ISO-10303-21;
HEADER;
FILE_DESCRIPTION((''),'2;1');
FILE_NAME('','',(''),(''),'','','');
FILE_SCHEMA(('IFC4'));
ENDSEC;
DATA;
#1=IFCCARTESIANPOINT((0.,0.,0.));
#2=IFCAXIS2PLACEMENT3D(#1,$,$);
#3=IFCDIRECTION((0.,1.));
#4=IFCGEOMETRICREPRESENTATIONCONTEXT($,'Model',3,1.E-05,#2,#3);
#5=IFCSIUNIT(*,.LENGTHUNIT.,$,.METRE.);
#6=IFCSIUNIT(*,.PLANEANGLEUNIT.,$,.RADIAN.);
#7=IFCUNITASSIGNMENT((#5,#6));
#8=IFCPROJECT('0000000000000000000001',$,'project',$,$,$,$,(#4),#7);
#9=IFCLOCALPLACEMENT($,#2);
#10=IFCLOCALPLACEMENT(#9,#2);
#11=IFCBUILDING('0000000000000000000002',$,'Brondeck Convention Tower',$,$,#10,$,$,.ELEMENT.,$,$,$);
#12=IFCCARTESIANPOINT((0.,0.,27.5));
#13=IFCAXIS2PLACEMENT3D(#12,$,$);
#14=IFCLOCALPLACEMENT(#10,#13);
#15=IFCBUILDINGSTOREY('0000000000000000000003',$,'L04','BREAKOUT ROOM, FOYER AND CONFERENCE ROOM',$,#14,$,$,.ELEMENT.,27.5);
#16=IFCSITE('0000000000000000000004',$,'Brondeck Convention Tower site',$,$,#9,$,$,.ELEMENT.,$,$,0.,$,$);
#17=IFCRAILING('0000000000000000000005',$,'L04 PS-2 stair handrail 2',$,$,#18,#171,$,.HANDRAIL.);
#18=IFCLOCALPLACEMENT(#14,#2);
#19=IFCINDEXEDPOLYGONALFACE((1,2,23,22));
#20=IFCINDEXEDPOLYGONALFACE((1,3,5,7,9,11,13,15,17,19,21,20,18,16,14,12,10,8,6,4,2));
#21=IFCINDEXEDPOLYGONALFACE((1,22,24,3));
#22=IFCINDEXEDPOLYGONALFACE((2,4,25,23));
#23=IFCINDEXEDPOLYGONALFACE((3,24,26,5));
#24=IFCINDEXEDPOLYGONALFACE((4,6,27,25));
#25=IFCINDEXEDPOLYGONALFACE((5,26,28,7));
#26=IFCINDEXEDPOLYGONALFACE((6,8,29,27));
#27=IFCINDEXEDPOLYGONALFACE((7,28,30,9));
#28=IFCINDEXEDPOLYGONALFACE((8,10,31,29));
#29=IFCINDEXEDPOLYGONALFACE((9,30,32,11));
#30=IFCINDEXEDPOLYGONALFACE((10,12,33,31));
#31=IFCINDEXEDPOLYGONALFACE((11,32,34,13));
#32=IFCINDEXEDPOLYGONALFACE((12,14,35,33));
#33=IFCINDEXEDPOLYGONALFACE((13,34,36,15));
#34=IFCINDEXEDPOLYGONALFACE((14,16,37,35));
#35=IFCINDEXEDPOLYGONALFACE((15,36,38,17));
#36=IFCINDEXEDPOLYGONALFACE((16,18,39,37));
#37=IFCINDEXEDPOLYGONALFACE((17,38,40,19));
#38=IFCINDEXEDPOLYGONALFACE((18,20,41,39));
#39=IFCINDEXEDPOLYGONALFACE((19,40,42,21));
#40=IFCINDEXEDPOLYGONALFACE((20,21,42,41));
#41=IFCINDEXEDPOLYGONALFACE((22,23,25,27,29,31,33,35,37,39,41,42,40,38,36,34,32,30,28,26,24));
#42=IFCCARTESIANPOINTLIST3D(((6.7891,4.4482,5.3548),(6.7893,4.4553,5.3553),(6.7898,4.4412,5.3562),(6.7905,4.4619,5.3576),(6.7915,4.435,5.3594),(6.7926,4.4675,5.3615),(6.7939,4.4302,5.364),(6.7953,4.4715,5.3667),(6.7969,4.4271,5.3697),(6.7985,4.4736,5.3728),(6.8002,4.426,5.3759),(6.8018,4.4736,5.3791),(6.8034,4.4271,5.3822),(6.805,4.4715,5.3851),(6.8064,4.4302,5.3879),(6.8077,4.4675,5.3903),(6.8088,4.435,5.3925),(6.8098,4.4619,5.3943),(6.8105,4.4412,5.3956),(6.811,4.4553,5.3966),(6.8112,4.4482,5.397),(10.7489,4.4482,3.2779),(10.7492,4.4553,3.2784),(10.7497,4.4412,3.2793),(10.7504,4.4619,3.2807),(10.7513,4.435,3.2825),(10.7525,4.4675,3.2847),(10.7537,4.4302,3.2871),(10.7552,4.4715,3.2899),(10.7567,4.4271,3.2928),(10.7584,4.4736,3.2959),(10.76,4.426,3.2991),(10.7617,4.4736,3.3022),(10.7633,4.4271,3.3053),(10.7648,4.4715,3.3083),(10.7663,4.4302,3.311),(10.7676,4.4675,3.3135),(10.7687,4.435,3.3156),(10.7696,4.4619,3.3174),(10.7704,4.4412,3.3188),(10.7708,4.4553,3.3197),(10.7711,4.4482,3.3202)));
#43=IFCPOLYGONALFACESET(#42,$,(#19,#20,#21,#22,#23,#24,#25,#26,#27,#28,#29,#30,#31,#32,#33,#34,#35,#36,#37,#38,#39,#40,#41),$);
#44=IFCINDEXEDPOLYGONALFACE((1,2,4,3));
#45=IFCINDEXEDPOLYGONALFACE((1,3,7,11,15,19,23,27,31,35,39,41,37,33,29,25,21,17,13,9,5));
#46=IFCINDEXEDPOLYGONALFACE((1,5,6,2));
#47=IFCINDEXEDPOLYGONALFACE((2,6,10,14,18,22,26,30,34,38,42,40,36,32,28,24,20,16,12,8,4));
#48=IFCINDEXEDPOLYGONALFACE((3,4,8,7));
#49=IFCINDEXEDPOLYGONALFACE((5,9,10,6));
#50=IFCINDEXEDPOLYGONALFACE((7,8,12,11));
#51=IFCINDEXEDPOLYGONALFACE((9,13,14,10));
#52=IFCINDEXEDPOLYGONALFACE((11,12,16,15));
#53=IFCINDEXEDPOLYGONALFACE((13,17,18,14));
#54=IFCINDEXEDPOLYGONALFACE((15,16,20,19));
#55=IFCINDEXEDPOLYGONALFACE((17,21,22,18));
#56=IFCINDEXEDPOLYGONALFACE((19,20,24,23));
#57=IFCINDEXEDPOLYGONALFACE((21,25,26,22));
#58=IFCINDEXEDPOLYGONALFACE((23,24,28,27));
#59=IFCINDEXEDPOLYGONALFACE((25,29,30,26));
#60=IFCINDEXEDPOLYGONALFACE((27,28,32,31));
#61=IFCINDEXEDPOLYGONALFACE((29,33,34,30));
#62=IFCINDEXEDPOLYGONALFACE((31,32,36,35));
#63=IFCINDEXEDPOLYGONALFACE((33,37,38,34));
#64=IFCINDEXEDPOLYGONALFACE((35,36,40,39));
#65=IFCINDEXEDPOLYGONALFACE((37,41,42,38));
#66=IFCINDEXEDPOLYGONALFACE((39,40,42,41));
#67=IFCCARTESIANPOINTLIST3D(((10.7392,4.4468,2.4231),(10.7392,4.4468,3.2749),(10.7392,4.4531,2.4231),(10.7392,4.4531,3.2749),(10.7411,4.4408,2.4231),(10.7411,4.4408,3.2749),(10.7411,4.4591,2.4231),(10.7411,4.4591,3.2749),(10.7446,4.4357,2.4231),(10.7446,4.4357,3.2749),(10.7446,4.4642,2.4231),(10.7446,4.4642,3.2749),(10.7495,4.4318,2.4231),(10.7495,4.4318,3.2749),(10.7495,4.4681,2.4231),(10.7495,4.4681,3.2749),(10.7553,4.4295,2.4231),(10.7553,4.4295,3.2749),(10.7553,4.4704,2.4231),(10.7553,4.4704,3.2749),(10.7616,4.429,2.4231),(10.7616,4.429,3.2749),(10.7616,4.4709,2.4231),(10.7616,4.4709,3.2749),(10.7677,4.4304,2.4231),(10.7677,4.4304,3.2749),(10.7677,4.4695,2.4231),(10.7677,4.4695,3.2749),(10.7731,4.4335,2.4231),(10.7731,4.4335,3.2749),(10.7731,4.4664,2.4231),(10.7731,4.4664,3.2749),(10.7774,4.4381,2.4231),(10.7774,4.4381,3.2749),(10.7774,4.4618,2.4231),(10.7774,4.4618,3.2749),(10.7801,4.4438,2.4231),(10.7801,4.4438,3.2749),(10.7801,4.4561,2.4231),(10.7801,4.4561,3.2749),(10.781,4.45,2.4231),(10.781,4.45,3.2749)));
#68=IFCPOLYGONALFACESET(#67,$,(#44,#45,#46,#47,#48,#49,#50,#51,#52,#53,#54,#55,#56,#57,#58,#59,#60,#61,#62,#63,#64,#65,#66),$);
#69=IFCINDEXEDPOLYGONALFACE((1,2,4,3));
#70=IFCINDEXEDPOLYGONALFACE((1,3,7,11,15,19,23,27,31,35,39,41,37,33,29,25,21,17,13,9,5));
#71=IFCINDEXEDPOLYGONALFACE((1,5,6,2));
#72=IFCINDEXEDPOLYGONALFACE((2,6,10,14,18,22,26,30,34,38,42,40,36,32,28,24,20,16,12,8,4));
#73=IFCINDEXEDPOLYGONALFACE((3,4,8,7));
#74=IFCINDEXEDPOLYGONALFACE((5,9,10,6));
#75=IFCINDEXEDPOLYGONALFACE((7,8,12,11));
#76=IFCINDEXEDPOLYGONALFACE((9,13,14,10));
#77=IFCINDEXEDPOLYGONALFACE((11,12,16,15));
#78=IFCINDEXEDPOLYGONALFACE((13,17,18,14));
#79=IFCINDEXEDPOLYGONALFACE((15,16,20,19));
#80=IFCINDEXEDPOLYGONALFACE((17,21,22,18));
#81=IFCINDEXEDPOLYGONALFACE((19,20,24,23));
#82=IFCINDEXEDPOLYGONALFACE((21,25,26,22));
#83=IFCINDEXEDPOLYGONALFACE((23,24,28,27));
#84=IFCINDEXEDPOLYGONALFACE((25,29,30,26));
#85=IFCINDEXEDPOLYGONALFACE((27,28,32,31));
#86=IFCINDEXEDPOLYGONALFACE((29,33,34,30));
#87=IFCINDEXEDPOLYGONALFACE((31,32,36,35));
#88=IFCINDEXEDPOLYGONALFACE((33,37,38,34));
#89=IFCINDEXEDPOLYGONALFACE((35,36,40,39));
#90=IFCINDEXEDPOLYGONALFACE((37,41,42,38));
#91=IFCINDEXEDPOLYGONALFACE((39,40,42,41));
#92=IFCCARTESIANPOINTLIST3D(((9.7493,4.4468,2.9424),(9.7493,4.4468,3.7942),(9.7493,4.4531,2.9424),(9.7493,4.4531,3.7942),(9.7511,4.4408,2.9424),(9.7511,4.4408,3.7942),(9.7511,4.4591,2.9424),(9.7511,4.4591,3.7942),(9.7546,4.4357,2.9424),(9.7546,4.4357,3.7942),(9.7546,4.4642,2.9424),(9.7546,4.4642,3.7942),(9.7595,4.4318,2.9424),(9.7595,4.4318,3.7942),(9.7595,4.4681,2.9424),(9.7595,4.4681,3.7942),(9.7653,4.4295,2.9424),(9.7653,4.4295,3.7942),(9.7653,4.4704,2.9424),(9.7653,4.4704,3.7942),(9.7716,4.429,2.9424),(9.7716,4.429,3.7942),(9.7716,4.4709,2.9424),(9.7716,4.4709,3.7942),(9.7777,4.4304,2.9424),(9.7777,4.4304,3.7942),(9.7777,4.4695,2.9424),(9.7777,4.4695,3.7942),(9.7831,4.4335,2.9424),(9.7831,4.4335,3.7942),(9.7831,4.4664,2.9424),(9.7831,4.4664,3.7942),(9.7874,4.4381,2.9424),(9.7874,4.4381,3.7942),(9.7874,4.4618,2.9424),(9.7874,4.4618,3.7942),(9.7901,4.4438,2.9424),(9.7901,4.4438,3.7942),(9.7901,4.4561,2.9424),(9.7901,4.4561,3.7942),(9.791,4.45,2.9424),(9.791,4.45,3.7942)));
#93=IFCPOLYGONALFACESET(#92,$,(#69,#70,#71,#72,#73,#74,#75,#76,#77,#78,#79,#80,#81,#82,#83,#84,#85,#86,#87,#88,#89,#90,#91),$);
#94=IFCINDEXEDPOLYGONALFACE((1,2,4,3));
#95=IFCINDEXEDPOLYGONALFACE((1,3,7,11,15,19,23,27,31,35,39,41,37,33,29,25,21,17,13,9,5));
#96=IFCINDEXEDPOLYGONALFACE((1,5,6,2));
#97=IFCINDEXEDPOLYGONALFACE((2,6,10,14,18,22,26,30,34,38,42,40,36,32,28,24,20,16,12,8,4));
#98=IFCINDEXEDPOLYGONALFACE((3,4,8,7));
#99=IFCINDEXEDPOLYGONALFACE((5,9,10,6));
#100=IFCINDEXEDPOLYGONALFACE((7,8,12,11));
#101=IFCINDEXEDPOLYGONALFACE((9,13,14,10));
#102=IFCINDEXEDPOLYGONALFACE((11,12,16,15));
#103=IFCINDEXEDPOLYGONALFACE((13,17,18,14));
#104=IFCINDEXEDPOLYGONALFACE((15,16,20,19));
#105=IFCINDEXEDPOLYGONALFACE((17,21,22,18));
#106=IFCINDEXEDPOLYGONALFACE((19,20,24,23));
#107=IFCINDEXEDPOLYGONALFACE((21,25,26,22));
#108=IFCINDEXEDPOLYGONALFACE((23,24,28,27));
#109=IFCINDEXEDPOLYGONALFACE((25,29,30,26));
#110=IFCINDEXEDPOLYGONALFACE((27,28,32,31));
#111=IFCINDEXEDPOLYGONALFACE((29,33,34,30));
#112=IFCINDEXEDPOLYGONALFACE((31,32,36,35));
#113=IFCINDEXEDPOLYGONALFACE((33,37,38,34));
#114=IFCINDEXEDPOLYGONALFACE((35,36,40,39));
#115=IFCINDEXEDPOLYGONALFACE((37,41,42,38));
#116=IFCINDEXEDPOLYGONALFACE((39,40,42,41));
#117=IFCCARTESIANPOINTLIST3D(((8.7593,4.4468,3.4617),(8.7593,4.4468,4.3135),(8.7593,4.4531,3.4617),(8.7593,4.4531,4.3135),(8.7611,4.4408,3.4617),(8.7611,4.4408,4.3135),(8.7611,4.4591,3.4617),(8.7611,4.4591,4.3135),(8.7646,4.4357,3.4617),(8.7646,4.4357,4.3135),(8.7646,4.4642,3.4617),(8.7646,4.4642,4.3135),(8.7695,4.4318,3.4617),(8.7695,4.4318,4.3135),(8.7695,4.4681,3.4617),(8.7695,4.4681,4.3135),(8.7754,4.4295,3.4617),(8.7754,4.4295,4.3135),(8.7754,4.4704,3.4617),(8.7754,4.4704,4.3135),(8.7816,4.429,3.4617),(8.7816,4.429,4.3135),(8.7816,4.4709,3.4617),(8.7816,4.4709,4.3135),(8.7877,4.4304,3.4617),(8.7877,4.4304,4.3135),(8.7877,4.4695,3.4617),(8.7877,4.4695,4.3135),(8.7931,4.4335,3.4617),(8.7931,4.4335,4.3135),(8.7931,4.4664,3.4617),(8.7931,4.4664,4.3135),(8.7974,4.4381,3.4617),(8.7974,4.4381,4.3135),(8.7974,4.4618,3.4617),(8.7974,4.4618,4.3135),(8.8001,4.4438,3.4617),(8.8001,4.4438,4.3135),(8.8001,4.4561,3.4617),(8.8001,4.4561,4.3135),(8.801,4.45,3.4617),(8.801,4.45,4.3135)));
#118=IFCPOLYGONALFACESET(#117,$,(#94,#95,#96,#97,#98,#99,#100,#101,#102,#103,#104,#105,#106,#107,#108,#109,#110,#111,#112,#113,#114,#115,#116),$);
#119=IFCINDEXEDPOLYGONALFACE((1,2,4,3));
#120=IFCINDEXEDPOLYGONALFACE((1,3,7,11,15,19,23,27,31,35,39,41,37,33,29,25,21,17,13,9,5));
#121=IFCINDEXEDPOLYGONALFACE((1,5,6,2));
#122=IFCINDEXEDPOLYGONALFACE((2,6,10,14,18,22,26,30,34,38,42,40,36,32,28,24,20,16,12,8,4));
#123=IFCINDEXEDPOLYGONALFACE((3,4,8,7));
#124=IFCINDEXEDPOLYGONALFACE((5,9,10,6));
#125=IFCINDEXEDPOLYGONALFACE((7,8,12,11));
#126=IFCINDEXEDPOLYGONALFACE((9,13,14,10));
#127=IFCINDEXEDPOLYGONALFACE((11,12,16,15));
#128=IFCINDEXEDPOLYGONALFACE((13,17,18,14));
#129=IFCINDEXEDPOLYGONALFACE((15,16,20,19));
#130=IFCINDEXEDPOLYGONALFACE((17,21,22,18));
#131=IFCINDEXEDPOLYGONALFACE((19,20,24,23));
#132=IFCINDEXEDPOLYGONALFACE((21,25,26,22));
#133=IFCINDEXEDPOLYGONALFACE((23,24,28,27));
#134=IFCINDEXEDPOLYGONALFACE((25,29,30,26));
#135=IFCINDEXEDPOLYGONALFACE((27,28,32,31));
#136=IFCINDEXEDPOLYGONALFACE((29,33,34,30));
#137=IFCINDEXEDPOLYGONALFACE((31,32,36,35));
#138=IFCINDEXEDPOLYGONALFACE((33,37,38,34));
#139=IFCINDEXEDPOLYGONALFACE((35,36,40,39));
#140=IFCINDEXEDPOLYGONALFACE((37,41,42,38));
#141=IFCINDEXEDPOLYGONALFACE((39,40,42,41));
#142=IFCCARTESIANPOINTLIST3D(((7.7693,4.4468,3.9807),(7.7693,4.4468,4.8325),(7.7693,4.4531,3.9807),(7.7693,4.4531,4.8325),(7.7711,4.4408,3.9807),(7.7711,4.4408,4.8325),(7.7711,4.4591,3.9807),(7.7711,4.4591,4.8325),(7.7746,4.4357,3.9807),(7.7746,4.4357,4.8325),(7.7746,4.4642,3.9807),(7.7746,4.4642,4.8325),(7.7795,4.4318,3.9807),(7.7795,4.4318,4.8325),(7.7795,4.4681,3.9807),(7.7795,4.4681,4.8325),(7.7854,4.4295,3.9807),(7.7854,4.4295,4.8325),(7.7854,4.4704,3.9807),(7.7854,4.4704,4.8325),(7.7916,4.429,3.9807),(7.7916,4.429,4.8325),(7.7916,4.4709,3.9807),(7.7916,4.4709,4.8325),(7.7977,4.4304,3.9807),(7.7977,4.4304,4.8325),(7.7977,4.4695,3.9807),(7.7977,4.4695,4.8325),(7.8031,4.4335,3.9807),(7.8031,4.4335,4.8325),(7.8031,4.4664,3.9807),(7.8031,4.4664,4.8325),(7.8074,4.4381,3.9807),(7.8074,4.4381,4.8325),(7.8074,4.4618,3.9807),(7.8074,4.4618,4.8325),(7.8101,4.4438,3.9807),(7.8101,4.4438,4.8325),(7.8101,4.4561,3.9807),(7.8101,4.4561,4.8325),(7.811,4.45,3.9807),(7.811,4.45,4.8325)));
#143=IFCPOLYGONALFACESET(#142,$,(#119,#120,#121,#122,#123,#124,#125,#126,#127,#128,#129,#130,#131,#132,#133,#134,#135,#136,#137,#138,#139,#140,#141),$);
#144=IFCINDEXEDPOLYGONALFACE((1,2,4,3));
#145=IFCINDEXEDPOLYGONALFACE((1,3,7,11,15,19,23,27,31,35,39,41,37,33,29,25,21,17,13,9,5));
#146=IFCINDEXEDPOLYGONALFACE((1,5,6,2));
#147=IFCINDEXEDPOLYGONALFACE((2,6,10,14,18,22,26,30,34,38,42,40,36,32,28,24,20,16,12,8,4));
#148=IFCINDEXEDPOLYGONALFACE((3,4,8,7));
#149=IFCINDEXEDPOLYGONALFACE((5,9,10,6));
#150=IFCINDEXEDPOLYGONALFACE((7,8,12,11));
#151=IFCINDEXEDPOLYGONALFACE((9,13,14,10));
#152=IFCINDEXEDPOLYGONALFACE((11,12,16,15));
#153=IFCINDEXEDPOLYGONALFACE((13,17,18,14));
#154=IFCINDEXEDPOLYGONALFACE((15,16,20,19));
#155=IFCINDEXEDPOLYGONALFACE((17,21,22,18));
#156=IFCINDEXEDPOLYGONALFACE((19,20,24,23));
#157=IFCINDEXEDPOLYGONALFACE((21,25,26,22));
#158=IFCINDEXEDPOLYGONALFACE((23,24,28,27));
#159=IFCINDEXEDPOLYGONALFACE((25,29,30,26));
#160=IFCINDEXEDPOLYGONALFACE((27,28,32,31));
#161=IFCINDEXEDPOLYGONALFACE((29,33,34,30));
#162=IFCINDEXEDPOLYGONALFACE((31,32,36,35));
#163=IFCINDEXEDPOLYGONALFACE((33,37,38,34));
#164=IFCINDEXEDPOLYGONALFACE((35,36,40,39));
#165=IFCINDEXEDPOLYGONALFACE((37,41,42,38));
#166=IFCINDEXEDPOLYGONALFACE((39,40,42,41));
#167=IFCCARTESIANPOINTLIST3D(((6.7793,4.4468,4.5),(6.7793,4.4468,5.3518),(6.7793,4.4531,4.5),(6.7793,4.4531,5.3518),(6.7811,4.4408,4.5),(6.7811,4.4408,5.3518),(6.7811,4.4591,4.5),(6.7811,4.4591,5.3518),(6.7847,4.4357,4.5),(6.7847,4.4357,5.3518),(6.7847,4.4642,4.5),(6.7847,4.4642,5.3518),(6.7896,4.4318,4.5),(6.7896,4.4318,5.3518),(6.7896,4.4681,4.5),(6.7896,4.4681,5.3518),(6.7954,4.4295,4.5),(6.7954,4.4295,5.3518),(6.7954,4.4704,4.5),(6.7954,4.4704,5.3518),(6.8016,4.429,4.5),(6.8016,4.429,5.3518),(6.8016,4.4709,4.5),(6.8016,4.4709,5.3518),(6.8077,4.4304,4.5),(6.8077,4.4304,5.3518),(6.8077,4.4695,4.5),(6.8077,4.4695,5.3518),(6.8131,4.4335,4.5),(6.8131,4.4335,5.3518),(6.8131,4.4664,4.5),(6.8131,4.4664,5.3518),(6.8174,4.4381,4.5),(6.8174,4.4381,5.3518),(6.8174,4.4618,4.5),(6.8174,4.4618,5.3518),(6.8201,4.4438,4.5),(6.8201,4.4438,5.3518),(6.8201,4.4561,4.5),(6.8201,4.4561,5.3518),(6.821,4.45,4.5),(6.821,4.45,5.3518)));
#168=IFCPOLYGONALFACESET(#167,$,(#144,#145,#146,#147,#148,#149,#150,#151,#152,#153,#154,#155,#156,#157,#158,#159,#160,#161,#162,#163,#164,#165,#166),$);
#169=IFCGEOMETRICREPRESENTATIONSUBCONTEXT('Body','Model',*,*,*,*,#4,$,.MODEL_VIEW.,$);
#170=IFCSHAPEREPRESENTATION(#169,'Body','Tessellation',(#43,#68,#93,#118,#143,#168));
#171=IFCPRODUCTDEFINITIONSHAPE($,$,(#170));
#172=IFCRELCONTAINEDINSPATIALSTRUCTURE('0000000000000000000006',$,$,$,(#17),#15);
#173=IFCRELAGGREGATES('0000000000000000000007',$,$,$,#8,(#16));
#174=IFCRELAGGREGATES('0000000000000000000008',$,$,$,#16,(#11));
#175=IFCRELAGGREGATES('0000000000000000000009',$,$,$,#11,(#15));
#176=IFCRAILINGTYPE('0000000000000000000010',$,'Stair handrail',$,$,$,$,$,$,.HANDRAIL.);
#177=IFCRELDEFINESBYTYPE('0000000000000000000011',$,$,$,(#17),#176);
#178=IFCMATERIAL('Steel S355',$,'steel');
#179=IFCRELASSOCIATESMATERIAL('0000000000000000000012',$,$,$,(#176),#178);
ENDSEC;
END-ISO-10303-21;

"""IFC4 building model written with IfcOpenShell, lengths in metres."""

from ifc_helpers import new_model, si_unit, direction, frame, origin, origin_2d, place, context, subcontext, project, spatial, circle, extrude, material, type_object, element, save


model = new_model("IFC4")

# Units and contexts
model_context = context("Model", 3, precision=1e-05, world=origin(), true_north=direction((0.0, 1.0)))
body_context = subcontext(model_context, "Body", "Model", "MODEL_VIEW")
ifc_project = project(units=[si_unit("LENGTHUNIT", "METRE"), si_unit("PLANEANGLEUNIT", "RADIAN")], contexts=[model_context])

# Site, building, storey
site_placement = place(None, origin())
site = spatial("IfcSite", under=ifc_project, at=site_placement, Name="Brondeck Convention Tower site", CompositionType="ELEMENT", RefElevation=0.0)
building_placement = place(site_placement, origin())
building = spatial("IfcBuilding", under=site, at=building_placement, Name="Brondeck Convention Tower", CompositionType="ELEMENT")
storey_placement = place(building_placement, frame((0.0, 0.0, 27.5)))
storey = spatial("IfcBuildingStorey", under=building, at=storey_placement, Name="L04", Description="BREAKOUT ROOM, FOYER AND CONFERENCE ROOM", CompositionType="ELEMENT", Elevation=27.5)

# Railing
ifc_material_1 = material(Name="Steel S355", Category="steel")
railing_type_1 = type_object("IfcRailingType", Name="Stair handrail", PredefinedType="HANDRAIL", material=ifc_material_1)
railing_1_placement = place(storey_placement, frame((10.76, 4.45, 2.4231)))
element("IfcRailing", 1, at=railing_1_placement, inside=storey, type_object=railing_type_1, Name="L04 PS-2 stair handrail 2", PredefinedType="HANDRAIL", context=body_context, shape_type="SweptSolid", body=[
    extrude(circle(Radius=0.0239, at=origin_2d()), frame((0.0, 0.0, 0.876), z_axis=(-0.885589, 0.0, 0.46447), x_axis=(0.0, -1.0, 0.0)), (0.0, 0.0, 1.0), 4.4714),
    extrude(circle(Radius=0.021, at=origin_2d()), origin(), (0.0, 0.0, 1.0), 0.8518),
    extrude(circle(Radius=0.021, at=origin_2d()), frame((-0.99, 0.0, 0.5193)), (0.0, 0.0, 1.0), 0.8518),
    extrude(circle(Radius=0.021, at=origin_2d()), frame((-1.98, 0.0, 1.0386)), (0.0, 0.0, 1.0), 0.8518),
    extrude(circle(Radius=0.021, at=origin_2d()), frame((-2.97, 0.0, 1.5576)), (0.0, 0.0, 1.0), 0.8518),
    extrude(circle(Radius=0.021, at=origin_2d()), frame((-3.96, 0.0, 2.0769)), (0.0, 0.0, 1.0), 0.8518),
])

save(model, "model.ifc")
